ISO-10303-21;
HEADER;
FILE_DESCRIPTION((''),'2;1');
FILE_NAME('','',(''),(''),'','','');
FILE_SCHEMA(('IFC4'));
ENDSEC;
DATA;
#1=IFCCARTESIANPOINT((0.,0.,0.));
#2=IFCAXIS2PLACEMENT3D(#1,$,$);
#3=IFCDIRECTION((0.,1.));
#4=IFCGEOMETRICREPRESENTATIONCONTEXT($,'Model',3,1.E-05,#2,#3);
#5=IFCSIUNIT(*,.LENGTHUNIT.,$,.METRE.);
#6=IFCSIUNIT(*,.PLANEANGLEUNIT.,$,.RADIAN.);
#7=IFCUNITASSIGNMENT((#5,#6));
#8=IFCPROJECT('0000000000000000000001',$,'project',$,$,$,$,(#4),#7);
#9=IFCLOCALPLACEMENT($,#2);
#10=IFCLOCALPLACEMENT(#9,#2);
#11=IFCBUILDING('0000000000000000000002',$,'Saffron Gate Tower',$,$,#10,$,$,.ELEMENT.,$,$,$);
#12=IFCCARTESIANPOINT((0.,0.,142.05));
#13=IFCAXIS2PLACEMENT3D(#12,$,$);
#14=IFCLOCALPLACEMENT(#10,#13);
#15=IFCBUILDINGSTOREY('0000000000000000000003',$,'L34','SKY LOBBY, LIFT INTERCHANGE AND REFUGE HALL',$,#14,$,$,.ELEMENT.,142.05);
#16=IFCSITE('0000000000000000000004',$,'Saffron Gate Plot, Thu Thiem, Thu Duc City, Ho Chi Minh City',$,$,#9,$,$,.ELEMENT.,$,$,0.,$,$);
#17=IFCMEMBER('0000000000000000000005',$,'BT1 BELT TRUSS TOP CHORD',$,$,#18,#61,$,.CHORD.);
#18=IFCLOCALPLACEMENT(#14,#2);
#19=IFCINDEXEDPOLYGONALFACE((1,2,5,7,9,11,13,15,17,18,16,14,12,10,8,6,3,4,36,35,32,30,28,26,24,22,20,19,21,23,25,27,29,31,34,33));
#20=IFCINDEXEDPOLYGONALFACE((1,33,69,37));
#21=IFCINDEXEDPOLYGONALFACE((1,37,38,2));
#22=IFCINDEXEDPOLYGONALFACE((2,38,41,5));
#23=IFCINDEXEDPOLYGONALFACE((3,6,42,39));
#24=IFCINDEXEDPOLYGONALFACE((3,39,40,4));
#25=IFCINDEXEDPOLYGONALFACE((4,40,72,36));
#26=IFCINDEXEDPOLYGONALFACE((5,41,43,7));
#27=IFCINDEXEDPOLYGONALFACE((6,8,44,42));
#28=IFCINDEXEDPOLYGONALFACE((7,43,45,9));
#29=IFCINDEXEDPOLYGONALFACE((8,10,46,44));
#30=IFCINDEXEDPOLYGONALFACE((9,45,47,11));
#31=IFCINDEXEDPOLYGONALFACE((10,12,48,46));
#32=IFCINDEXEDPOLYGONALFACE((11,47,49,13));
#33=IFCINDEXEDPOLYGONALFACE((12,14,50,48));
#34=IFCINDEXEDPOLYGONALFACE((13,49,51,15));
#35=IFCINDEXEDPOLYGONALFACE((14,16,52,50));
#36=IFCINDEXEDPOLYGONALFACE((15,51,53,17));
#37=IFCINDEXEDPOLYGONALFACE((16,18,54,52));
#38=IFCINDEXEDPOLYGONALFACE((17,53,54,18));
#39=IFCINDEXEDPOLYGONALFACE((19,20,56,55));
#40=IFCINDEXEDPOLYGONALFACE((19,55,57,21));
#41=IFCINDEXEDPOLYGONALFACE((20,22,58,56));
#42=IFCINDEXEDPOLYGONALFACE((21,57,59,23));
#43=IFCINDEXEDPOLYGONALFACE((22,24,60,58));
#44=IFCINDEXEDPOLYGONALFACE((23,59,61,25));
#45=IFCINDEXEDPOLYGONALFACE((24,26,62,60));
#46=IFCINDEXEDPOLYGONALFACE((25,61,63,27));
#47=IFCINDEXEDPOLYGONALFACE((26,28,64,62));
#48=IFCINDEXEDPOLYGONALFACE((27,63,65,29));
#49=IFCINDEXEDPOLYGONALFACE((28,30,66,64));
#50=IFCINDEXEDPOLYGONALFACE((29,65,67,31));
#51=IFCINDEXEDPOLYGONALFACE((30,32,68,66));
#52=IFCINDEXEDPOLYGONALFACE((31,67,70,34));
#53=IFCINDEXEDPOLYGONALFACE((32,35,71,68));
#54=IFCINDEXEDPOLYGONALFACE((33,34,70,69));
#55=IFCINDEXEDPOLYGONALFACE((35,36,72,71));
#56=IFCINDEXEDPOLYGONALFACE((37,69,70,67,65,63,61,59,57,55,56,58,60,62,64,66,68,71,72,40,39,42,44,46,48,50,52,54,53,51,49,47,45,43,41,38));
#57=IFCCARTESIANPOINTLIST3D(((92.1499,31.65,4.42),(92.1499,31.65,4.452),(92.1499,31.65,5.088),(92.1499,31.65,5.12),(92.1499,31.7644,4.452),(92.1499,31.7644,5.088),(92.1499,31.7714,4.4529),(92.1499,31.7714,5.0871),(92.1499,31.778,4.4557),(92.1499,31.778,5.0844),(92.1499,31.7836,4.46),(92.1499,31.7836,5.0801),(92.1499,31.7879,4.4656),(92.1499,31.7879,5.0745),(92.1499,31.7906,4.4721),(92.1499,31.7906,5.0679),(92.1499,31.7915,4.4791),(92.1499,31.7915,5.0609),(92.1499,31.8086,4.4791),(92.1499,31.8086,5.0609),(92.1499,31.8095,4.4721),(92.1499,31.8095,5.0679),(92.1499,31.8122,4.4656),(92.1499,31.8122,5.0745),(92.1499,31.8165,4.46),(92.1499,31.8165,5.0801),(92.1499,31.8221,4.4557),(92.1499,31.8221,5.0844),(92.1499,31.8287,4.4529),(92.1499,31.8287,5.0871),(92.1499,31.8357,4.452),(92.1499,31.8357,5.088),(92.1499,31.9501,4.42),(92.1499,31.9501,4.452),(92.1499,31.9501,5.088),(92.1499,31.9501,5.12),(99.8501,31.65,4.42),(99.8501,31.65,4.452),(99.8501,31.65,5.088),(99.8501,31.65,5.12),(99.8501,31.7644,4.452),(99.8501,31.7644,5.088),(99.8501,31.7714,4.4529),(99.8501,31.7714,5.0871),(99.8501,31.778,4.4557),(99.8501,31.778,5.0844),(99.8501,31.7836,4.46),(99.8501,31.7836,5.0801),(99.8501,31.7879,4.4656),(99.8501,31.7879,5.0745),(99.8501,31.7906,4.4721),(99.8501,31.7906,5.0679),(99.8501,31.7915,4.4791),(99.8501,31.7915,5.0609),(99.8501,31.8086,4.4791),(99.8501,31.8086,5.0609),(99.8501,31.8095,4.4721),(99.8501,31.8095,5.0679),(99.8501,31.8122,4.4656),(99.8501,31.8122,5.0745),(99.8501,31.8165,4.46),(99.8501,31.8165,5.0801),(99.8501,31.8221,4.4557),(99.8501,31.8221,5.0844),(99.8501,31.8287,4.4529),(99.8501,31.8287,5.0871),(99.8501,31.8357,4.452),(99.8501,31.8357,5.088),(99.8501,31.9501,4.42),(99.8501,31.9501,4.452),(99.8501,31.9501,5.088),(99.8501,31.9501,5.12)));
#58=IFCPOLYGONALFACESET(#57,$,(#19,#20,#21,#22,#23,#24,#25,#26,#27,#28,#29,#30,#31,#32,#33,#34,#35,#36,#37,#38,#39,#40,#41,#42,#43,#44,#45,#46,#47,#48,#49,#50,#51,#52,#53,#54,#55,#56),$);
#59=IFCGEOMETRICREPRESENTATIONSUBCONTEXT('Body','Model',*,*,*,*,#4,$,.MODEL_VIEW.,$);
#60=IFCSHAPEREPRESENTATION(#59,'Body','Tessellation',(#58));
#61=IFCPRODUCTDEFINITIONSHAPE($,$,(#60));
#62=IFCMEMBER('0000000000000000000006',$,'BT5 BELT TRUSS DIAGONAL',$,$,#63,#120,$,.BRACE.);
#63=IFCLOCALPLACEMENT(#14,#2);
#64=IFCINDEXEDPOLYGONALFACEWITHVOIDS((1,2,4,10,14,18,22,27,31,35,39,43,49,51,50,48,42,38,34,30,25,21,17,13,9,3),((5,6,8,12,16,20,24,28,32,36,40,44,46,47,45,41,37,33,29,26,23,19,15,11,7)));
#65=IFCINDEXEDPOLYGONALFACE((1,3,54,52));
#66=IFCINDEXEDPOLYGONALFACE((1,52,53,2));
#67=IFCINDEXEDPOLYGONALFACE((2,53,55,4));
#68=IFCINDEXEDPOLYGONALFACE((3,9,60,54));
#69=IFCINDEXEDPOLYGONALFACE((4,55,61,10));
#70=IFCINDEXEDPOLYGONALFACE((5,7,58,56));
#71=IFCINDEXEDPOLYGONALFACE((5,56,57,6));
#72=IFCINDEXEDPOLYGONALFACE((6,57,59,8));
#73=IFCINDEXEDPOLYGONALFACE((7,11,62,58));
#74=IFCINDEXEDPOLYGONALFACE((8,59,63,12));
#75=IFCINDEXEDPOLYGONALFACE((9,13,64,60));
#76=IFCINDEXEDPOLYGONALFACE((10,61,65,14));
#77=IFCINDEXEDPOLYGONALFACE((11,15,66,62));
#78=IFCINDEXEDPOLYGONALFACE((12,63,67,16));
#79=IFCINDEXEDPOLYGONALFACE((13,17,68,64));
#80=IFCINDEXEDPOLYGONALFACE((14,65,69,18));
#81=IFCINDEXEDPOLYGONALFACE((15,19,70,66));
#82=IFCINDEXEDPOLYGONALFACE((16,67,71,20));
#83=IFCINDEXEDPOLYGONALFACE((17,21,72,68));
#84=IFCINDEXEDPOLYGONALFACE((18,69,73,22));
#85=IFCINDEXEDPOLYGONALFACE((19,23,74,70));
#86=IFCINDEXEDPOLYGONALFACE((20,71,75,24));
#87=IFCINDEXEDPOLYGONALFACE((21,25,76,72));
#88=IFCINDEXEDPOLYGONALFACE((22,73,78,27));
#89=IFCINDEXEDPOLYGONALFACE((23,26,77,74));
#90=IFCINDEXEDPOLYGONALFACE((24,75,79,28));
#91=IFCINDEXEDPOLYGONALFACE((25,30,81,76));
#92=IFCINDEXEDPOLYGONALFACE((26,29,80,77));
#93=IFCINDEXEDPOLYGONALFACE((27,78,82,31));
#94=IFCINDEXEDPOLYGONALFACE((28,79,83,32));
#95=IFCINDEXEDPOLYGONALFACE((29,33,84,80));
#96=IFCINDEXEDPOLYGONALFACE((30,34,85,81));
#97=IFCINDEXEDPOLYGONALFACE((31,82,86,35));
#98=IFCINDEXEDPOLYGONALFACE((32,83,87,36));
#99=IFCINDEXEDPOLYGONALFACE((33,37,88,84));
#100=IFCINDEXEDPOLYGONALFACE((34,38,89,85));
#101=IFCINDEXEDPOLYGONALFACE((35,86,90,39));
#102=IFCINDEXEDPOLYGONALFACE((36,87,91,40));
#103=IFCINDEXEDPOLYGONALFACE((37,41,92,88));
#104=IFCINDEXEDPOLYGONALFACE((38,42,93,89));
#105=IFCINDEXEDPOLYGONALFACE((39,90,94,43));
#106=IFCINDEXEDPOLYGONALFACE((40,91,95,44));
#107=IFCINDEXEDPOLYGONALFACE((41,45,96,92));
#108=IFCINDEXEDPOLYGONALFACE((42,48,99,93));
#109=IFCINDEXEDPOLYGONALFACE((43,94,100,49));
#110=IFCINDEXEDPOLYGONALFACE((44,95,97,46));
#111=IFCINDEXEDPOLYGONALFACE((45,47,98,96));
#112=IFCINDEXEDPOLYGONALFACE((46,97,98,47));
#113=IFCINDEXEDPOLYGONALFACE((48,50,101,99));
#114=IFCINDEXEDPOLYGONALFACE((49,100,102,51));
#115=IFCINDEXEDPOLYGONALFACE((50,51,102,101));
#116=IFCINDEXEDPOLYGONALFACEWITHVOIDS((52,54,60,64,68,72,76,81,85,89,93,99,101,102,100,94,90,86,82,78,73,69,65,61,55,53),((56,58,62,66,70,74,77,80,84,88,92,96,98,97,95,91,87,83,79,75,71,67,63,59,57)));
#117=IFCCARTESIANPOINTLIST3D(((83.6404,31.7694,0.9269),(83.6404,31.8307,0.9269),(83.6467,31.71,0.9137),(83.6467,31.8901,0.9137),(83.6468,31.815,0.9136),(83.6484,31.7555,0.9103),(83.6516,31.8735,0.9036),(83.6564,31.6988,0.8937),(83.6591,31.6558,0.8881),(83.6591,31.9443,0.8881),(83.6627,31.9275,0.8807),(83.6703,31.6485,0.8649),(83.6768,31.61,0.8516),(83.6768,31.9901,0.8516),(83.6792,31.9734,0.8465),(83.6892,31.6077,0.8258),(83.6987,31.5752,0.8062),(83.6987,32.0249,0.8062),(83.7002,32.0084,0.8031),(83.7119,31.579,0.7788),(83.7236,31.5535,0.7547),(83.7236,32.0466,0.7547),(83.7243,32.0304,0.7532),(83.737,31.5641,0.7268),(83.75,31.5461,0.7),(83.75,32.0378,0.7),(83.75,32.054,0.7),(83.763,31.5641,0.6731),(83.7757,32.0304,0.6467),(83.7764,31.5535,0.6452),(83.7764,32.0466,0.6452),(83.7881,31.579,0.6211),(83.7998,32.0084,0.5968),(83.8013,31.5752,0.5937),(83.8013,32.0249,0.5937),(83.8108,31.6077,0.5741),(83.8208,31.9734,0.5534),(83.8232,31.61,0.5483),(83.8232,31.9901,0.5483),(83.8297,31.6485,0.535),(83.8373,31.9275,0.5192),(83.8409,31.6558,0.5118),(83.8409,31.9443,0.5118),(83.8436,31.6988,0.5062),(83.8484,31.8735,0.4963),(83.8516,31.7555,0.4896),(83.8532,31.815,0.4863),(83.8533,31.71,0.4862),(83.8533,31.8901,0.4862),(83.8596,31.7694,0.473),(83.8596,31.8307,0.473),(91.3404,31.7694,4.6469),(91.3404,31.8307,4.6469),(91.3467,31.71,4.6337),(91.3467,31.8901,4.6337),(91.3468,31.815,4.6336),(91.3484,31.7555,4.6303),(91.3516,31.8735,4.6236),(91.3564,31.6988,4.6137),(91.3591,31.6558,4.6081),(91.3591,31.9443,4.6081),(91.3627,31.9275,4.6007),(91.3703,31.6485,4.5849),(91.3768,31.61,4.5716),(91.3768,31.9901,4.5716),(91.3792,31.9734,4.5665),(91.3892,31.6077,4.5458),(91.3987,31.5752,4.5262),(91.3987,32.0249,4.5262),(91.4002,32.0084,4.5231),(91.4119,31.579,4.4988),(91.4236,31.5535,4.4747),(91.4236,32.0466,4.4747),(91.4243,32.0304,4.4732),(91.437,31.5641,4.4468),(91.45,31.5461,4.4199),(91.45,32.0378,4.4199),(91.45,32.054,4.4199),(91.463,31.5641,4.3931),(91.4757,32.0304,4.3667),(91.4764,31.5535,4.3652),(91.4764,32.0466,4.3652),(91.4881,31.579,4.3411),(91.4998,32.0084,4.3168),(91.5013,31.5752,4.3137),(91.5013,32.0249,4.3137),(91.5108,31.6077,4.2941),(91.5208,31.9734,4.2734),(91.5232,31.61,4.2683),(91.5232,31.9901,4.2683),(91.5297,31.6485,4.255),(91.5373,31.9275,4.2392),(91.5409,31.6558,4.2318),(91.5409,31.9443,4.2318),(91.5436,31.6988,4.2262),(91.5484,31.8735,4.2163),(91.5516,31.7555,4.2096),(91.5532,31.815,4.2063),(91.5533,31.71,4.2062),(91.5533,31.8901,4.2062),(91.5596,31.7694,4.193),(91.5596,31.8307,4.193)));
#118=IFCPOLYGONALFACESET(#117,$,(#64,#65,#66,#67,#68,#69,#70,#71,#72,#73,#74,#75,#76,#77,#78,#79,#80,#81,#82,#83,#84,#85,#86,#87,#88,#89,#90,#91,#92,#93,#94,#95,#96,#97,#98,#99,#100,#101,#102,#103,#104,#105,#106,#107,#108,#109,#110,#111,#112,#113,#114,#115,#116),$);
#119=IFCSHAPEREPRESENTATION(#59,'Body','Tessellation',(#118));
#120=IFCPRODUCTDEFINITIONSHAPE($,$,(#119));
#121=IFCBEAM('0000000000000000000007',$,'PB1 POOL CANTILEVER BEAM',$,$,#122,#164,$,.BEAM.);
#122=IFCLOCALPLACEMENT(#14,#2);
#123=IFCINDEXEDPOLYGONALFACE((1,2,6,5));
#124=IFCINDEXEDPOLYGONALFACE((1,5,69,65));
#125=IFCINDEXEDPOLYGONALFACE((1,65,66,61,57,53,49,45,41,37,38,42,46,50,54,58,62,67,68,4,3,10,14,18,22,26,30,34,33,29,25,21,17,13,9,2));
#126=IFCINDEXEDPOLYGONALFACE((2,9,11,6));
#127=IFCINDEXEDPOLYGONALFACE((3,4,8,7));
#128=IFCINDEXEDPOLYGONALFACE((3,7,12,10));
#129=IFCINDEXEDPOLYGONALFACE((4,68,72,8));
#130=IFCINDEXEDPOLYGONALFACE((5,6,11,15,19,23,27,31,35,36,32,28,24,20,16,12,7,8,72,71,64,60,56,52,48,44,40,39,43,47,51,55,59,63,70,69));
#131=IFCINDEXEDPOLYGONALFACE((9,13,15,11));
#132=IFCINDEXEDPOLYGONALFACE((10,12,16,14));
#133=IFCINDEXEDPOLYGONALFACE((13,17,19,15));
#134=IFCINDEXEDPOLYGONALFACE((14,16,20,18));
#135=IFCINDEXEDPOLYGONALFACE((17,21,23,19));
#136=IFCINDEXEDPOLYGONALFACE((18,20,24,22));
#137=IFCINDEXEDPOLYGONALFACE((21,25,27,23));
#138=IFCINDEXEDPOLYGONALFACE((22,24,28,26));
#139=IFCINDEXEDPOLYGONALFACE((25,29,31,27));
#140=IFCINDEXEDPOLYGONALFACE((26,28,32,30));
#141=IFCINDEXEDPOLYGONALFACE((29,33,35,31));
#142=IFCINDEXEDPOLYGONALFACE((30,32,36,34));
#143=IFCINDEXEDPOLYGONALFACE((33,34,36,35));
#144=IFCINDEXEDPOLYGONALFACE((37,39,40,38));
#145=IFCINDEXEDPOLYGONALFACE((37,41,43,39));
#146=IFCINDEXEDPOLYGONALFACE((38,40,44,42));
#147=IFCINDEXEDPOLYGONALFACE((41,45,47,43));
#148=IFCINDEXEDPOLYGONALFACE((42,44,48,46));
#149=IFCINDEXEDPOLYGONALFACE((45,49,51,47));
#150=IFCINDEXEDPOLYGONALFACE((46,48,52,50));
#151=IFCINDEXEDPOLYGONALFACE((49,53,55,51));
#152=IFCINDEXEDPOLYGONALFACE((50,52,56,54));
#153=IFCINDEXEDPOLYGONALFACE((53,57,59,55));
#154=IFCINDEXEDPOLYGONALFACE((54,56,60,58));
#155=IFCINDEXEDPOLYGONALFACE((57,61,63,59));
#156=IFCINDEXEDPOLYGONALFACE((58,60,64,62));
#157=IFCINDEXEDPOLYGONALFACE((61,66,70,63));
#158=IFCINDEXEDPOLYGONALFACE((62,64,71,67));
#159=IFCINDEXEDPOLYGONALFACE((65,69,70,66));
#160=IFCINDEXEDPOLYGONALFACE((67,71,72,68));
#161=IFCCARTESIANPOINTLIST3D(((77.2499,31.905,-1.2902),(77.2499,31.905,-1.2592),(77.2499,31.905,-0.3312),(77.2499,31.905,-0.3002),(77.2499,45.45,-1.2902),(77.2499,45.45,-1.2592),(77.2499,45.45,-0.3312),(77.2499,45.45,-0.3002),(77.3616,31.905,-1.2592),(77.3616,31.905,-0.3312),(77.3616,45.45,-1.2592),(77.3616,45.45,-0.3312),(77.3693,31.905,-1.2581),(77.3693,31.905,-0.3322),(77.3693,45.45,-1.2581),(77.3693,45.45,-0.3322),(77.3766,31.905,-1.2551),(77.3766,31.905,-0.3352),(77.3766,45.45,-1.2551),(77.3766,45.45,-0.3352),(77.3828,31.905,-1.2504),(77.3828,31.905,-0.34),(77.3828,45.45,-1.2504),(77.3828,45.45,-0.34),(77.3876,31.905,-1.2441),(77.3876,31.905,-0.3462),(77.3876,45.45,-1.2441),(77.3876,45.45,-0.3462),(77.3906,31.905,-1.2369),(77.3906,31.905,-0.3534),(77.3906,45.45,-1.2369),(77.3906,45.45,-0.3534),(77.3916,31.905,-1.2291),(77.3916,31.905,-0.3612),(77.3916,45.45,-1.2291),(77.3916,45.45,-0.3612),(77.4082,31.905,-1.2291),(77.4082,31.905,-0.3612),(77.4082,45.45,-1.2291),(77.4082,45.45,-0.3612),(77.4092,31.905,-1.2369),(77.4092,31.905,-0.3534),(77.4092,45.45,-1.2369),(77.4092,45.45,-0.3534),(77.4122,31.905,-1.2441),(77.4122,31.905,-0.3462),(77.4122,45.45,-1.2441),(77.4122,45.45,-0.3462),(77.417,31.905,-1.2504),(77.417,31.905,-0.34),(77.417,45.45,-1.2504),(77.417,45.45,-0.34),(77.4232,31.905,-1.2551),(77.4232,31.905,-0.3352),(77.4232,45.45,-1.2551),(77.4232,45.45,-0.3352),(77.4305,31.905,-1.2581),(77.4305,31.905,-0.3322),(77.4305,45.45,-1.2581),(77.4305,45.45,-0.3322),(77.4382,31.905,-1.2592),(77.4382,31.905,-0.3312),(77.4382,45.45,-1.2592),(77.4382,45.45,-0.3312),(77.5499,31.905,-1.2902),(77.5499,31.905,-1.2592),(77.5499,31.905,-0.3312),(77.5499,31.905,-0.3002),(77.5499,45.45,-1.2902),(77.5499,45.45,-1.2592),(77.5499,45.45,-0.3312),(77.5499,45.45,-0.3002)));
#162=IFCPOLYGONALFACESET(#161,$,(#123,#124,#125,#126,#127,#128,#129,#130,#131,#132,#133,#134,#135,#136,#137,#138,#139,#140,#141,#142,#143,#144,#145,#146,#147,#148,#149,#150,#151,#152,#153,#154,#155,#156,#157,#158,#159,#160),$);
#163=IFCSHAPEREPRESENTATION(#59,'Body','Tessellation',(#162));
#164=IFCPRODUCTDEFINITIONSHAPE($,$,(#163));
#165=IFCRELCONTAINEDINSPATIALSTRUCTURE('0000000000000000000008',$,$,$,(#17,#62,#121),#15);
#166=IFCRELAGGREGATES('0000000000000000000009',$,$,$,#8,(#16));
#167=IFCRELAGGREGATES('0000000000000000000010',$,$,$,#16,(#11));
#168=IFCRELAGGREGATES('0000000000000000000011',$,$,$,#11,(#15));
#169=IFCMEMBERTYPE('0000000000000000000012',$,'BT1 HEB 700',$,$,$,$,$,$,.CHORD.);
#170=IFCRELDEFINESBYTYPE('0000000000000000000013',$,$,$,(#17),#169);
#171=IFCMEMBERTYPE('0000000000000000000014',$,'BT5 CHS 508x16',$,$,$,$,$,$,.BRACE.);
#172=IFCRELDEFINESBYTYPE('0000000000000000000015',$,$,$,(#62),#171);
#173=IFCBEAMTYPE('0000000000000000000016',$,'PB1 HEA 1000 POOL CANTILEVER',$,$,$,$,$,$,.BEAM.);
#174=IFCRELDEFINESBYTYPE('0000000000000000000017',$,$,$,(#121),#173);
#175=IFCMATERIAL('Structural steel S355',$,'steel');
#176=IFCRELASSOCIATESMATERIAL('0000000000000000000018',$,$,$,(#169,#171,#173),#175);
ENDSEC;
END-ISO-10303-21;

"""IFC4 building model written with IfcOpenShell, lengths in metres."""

from ifc_helpers import new_model, si_unit, direction, frame, origin, origin_2d, place, context, subcontext, project, spatial, hollow_circle, i_section, extrude, material, material_profile, profile_set, type_object, element, save


model = new_model("IFC4")

# Units and contexts
model_context = context("Model", 3, precision=1e-05, world=origin(), true_north=direction((0.0, 1.0)))
body_context = subcontext(model_context, "Body", "Model", "MODEL_VIEW")
ifc_project = project(units=[si_unit("LENGTHUNIT", "METRE"), si_unit("PLANEANGLEUNIT", "RADIAN")], contexts=[model_context])

# Site, building, storey
site_placement = place(None, origin())
site = spatial("IfcSite", under=ifc_project, at=site_placement, Name="Saffron Gate Plot, Thu Thiem, Thu Duc City, Ho Chi Minh City", CompositionType="ELEMENT", RefElevation=0.0)
building_placement = place(site_placement, origin())
building = spatial("IfcBuilding", under=site, at=building_placement, Name="Saffron Gate Tower", CompositionType="ELEMENT")
storey_placement = place(building_placement, frame((0.0, 0.0, 142.05)))
storey = spatial("IfcBuildingStorey", under=building, at=storey_placement, Name="L34", Description="SKY LOBBY, LIFT INTERCHANGE AND REFUGE HALL", CompositionType="ELEMENT", Elevation=142.05)

# Shared definitions
ifc_material_1 = material(Name="Structural steel S355", Category="steel")

# Members
ifc_material_profile_1 = material_profile(ifc_material_1, i_section(OverallWidth=0.3, OverallDepth=0.7, WebThickness=0.0171, FlangeThickness=0.032, FilletRadius=0.0271, at=origin_2d()))
ifc_profile_set_1 = profile_set([ifc_material_profile_1], Name="Structural steel S355")
member_type_1 = type_object("IfcMemberType", Name="BT1 HEB 700", PredefinedType="CHORD", material=ifc_profile_set_1)
member_1_placement = place(storey_placement, frame((92.1499, 31.8, 4.77), z_axis=(1.0, 0.0, 0.0), x_axis=(0.0, 1.0, 0.0)))
element("IfcMember", 1, at=member_1_placement, inside=storey, type_object=member_type_1, Name="BT1 BELT TRUSS TOP CHORD", PredefinedType="CHORD", context=body_context, shape_type="SweptSolid", body=[
    extrude(i_section(OverallWidth=0.3, OverallDepth=0.7, WebThickness=0.0171, FlangeThickness=0.032, FilletRadius=0.0271, at=origin_2d()), origin(), (0.0, 0.0, 1.0), 7.7002),
])
ifc_material_profile_2 = material_profile(ifc_material_1, hollow_circle(Radius=0.2539, WallThickness=0.0161, at=origin_2d()))
ifc_profile_set_2 = profile_set([ifc_material_profile_2], Name="Structural steel S355")
member_type_2 = type_object("IfcMemberType", Name="BT5 CHS 508x16", PredefinedType="BRACE", material=ifc_profile_set_2)
member_2_placement = place(storey_placement, frame((83.75, 31.8, 0.7), z_axis=(0.900426, 0.0, 0.43501), x_axis=(0.0, 1.0, 0.0)))
element("IfcMember", 2, at=member_2_placement, inside=storey, type_object=member_type_2, Name="BT5 BELT TRUSS DIAGONAL", PredefinedType="BRACE", context=body_context, shape_type="SweptSolid", body=[
    extrude(hollow_circle(Radius=0.2539, WallThickness=0.0161, at=origin_2d()), origin(), (0.0, 0.0, 1.0), 8.5515),
])

# Beam
ifc_material_profile_3 = material_profile(ifc_material_1, i_section(OverallWidth=0.3, OverallDepth=0.99, WebThickness=0.0166, FlangeThickness=0.031, FilletRadius=0.03, at=origin_2d()))
ifc_profile_set_3 = profile_set([ifc_material_profile_3], Name="Structural steel S355")
beam_type_1 = type_object("IfcBeamType", Name="PB1 HEA 1000 POOL CANTILEVER", PredefinedType="BEAM", material=ifc_profile_set_3)
for number, where, z_axis, x_axis, name in (
    (3, (77.3999, 31.905, -0.7952), (0.0, 1.0, 0.0), (-1.0, 0.0, 0.0), "PB1 POOL CANTILEVER BEAM"),
):
    element("IfcBeam", number, at=place(storey_placement, frame(where, z_axis=z_axis, x_axis=x_axis)), inside=storey, type_object=beam_type_1, Name=name, PredefinedType="BEAM", context=body_context, shape_type="SweptSolid", body=[
        extrude(i_section(OverallWidth=0.3, OverallDepth=0.99, WebThickness=0.0166, FlangeThickness=0.031, FilletRadius=0.03, at=origin_2d()), origin(), (0.0, 0.0, 1.0), 13.5449),
    ])

save(model, "model.ifc")
